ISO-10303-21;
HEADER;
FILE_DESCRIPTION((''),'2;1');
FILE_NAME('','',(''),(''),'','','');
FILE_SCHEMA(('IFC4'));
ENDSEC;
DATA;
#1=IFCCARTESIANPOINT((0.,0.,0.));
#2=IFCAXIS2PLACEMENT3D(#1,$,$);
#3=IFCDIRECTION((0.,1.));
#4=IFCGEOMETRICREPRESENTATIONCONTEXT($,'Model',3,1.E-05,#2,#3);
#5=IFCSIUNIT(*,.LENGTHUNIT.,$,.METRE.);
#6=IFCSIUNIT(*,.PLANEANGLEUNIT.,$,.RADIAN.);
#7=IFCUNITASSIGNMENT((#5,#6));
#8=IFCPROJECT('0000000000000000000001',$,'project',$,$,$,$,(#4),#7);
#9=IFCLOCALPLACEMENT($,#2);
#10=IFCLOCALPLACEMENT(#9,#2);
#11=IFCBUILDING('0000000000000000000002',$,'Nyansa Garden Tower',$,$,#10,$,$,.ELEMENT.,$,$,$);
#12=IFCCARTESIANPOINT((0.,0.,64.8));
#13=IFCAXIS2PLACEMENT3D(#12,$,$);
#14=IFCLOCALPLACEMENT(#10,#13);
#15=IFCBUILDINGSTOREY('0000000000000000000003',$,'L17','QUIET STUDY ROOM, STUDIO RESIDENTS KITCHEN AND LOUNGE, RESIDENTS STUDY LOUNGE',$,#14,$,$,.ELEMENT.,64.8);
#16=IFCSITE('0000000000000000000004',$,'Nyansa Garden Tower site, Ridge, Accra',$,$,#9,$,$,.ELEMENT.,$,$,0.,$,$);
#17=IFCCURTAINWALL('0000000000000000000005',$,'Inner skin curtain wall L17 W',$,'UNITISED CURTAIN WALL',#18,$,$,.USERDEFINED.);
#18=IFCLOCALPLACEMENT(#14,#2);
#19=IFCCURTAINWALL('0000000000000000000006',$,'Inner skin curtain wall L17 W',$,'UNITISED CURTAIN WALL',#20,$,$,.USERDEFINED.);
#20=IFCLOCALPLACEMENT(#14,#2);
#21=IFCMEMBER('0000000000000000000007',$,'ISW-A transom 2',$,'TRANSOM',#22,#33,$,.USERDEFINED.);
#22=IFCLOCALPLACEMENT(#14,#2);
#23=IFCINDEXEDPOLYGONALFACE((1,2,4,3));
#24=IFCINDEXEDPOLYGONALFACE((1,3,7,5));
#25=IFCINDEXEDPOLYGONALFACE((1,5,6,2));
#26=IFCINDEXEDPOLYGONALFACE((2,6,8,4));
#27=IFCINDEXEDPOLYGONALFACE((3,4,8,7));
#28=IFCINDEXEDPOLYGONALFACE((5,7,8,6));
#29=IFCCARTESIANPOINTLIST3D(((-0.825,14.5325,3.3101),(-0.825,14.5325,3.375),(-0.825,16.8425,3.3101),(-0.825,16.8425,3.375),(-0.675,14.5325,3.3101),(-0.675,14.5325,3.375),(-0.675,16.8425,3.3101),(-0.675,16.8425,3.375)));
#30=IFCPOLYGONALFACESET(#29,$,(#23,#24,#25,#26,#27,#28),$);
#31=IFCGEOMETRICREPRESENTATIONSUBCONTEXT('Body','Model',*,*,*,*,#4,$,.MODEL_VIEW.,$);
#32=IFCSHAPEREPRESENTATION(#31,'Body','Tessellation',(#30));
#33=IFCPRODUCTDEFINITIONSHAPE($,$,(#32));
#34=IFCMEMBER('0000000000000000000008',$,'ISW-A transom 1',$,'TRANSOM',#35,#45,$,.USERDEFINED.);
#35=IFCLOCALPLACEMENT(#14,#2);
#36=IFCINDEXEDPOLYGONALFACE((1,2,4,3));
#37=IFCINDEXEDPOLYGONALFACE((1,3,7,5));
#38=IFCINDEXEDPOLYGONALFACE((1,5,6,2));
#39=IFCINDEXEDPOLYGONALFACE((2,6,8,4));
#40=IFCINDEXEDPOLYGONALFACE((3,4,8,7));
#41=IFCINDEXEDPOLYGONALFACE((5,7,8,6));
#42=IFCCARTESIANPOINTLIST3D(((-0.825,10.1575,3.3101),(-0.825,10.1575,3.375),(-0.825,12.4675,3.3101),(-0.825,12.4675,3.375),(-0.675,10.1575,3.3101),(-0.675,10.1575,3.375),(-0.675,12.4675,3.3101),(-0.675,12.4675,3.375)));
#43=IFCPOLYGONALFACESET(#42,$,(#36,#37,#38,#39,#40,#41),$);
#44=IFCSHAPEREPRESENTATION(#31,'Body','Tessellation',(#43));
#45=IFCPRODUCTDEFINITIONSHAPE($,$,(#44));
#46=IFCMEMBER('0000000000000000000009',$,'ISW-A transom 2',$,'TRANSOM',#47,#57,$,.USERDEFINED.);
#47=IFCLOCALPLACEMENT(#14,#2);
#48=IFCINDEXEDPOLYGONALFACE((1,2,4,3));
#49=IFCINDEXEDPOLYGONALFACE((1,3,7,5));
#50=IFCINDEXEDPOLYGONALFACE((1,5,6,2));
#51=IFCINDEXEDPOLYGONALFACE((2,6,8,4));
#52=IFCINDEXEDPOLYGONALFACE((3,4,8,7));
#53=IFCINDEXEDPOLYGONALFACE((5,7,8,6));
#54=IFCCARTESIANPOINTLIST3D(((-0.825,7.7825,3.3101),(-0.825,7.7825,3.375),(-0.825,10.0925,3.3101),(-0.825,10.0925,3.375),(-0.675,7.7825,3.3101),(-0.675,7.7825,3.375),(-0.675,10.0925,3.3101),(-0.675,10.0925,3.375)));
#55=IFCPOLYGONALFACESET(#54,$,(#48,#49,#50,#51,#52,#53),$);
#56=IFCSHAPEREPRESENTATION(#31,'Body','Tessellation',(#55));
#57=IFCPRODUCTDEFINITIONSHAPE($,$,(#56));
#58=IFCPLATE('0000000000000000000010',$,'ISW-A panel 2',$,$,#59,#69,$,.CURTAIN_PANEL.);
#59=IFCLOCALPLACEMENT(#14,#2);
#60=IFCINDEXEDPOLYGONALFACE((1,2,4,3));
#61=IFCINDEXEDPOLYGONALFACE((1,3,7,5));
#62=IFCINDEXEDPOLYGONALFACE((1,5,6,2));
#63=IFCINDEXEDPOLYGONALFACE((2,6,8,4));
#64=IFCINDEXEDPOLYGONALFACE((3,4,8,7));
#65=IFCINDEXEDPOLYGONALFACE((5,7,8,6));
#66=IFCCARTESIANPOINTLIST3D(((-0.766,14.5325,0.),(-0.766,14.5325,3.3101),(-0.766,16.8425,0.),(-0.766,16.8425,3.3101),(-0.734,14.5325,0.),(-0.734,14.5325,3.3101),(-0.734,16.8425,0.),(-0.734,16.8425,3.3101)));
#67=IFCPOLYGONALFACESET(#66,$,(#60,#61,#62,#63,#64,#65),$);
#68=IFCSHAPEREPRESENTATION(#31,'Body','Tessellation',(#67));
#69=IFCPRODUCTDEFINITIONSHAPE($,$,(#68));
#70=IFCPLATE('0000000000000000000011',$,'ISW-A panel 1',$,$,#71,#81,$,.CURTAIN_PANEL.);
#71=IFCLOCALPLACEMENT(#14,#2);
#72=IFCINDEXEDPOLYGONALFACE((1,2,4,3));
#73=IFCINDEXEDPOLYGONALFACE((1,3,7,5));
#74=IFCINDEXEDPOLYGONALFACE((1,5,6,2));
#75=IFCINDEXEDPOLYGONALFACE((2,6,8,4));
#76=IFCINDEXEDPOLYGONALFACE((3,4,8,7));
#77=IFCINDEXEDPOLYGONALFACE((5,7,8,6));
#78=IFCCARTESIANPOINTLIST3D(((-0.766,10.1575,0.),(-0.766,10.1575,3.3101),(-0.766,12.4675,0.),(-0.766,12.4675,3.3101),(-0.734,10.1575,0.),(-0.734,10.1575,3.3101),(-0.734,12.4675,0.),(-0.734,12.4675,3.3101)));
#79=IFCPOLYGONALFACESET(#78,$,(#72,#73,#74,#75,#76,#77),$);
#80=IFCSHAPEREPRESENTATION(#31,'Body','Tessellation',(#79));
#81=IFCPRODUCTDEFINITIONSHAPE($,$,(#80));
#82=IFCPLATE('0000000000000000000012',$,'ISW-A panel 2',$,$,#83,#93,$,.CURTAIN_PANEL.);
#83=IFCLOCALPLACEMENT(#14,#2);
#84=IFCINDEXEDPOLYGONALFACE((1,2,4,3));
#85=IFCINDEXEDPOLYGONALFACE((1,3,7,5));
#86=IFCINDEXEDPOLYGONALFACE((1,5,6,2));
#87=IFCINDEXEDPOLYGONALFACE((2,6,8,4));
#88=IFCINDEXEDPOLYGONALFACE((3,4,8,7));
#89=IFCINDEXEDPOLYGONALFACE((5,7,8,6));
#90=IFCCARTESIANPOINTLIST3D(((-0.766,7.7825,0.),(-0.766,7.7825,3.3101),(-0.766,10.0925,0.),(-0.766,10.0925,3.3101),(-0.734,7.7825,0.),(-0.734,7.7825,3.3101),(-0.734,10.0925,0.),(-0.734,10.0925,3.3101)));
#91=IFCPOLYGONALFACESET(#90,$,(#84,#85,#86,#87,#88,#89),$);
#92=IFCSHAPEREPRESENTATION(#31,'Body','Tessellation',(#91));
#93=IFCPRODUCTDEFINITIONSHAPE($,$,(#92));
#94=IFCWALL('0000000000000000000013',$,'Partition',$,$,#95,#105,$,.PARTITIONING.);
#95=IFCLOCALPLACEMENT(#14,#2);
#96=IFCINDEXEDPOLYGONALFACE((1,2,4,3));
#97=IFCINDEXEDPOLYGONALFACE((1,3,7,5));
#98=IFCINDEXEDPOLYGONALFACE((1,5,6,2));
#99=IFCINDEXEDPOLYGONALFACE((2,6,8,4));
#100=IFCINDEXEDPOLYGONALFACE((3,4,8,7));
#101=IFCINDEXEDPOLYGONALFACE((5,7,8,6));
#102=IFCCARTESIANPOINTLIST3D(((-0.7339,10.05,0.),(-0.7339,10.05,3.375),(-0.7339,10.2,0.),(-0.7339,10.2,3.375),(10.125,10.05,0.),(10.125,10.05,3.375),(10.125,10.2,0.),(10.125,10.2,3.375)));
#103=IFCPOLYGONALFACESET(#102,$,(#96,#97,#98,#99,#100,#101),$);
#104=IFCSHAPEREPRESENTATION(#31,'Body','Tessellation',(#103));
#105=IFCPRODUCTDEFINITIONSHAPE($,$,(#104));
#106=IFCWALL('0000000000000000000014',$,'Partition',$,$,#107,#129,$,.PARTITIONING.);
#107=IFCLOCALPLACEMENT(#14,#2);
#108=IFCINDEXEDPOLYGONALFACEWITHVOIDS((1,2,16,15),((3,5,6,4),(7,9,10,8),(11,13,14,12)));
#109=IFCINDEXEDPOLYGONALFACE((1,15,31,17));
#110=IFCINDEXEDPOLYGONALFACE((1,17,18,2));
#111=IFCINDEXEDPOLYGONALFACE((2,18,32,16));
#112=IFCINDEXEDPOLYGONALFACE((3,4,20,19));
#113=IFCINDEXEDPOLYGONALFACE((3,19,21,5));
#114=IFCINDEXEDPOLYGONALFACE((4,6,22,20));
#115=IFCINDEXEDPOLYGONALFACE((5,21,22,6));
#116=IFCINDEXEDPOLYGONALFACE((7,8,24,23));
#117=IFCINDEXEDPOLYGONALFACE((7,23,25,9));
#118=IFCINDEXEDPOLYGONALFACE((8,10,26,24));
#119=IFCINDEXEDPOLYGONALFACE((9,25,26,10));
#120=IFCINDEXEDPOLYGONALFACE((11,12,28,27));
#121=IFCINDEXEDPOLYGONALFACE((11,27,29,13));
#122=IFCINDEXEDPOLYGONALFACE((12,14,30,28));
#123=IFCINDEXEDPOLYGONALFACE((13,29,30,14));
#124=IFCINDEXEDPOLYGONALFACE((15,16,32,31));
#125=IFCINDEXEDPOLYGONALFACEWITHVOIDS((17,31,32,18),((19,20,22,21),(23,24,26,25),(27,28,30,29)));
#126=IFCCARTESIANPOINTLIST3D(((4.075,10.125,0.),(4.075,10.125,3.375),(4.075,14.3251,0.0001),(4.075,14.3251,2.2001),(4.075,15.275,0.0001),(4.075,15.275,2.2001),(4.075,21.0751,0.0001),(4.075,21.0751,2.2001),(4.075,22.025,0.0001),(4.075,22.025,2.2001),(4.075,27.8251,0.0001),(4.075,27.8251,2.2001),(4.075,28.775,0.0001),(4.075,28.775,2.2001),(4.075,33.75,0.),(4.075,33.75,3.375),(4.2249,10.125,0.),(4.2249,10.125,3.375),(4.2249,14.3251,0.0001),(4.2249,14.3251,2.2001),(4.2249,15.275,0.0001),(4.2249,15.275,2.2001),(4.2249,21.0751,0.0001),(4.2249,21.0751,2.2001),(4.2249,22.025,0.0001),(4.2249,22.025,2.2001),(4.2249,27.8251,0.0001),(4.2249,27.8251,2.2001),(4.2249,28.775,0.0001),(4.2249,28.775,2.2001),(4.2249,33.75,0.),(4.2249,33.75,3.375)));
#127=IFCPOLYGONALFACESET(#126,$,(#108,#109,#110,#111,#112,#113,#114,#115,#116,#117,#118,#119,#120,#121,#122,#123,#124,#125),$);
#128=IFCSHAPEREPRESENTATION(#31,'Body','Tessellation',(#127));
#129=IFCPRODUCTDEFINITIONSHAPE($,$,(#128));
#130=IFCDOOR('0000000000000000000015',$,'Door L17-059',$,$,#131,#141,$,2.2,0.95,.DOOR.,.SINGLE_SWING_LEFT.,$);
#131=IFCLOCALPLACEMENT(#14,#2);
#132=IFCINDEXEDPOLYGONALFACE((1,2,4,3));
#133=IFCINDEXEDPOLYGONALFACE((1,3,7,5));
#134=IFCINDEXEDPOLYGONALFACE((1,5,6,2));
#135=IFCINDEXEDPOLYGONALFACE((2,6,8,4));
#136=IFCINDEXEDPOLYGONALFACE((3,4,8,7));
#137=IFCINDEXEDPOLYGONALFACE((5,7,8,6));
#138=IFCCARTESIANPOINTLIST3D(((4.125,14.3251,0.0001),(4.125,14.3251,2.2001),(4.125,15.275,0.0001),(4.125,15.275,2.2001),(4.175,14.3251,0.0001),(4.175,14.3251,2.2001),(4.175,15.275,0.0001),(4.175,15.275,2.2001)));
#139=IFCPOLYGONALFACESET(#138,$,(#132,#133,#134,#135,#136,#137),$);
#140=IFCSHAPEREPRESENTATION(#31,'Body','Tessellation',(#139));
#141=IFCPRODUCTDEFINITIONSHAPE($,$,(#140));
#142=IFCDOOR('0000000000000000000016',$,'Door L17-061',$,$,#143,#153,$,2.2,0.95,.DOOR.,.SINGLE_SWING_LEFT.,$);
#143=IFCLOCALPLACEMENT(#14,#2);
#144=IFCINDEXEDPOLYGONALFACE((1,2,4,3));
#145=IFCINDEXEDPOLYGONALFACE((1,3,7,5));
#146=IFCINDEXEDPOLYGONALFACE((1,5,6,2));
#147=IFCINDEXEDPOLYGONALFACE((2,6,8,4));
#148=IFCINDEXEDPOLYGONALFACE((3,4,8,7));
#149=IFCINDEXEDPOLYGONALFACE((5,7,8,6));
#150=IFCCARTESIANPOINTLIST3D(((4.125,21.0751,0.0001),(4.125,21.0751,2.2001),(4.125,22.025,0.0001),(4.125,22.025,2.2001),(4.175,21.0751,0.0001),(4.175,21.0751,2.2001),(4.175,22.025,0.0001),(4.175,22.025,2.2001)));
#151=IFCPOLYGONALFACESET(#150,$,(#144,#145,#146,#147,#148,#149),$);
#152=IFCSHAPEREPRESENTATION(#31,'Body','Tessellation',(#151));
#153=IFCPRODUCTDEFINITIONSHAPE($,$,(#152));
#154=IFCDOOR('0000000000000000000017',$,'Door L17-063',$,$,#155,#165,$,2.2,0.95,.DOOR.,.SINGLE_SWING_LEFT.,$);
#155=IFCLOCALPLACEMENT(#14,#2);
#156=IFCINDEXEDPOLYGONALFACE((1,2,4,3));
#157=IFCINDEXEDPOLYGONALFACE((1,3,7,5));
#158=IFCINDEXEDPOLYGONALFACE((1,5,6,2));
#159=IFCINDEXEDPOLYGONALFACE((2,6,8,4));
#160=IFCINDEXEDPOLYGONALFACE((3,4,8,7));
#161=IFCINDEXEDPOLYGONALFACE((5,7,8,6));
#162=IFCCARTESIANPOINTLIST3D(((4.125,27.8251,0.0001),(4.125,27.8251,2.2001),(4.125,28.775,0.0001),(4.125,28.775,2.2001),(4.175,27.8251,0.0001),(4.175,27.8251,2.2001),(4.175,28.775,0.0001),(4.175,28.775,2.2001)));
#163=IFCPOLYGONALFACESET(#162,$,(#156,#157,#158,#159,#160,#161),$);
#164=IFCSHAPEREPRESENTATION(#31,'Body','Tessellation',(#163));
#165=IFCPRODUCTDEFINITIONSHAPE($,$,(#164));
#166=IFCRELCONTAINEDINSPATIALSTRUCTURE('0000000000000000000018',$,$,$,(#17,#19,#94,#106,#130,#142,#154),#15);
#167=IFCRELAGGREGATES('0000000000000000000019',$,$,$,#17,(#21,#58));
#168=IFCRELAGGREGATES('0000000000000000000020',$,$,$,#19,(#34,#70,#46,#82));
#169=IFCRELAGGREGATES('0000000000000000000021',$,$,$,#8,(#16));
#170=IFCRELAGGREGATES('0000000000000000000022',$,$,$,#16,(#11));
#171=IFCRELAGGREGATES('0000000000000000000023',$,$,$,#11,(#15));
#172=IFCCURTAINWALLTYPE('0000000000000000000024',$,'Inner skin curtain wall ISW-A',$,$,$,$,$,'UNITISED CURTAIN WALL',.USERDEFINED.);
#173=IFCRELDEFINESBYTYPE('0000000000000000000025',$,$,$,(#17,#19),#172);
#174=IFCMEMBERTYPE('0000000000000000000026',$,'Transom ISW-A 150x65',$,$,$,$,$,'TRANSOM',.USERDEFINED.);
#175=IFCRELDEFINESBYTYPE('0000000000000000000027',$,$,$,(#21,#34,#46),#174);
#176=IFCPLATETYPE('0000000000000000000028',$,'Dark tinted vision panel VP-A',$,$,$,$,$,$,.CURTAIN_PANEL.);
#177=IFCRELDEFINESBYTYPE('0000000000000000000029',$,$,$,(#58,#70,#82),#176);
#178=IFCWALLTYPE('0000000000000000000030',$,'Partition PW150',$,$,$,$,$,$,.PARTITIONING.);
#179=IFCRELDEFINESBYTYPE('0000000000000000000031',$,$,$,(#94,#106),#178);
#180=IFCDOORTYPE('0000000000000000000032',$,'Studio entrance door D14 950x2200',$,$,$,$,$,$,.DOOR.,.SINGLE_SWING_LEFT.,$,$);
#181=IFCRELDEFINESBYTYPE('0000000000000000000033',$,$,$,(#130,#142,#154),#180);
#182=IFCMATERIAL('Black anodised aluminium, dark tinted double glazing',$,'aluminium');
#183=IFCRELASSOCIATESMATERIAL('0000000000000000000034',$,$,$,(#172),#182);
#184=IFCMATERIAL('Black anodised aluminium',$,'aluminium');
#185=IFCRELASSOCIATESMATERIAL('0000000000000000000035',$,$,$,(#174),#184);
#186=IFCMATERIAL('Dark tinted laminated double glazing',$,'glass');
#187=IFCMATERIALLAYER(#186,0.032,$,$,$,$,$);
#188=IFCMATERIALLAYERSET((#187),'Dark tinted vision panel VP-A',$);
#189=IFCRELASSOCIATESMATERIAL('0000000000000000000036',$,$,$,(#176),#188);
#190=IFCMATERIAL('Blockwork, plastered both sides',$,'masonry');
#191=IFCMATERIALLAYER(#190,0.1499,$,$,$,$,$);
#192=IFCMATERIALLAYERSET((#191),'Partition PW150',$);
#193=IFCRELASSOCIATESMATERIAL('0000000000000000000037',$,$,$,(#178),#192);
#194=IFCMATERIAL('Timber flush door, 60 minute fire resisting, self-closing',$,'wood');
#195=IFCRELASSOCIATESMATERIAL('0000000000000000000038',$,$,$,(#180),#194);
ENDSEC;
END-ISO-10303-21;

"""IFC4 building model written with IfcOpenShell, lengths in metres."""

from ifc_helpers import new_model, si_unit, direction, frame, frame_2d, origin, origin_2d, place, context, subcontext, project, spatial, rectangle, extrude, material, layer, layer_set, material_profile, profile_set, type_object, element, fill, aggregate, save


model = new_model("IFC4")

# Units and contexts
model_context = context("Model", 3, precision=1e-05, world=origin(), true_north=direction((0.0, 1.0)))
body_context = subcontext(model_context, "Body", "Model", "MODEL_VIEW")
ifc_project = project(units=[si_unit("LENGTHUNIT", "METRE"), si_unit("PLANEANGLEUNIT", "RADIAN")], contexts=[model_context])

# Site, building, storey
site_placement = place(None, origin())
site = spatial("IfcSite", under=ifc_project, at=site_placement, Name="Nyansa Garden Tower site, Ridge, Accra", CompositionType="ELEMENT", RefElevation=0.0)
building_placement = place(site_placement, origin())
building = spatial("IfcBuilding", under=site, at=building_placement, Name="Nyansa Garden Tower", CompositionType="ELEMENT")
storey_placement = place(building_placement, frame((0.0, 0.0, 64.8)))
storey = spatial("IfcBuildingStorey", under=building, at=storey_placement, Name="L17", Description="QUIET STUDY ROOM, STUDIO RESIDENTS KITCHEN AND LOUNGE, RESIDENTS STUDY LOUNGE", CompositionType="ELEMENT", Elevation=64.8)

# Curtain wall
ifc_material_1 = material(Name="Black anodised aluminium, dark tinted double glazing", Category="aluminium")
curtain_wall_type = type_object("IfcCurtainWallType", Name="Inner skin curtain wall ISW-A", ElementType="UNITISED CURTAIN WALL", PredefinedType="USERDEFINED", material=ifc_material_1)
curtain_wall_1_placement = place(storey_placement, origin())
curtain_wall_1 = element("IfcCurtainWall", 1, at=curtain_wall_1_placement, inside=storey, type_object=curtain_wall_type, Name="Inner skin curtain wall L17 W", ObjectType="UNITISED CURTAIN WALL", PredefinedType="USERDEFINED")

# Curtain wall
curtain_wall_2_placement = place(storey_placement, origin())
curtain_wall_2 = element("IfcCurtainWall", 2, at=curtain_wall_2_placement, inside=storey, type_object=curtain_wall_type, Name="Inner skin curtain wall L17 W", ObjectType="UNITISED CURTAIN WALL", PredefinedType="USERDEFINED")

# Members
ifc_material_2 = material(Name="Black anodised aluminium", Category="aluminium")
ifc_material_profile_1 = material_profile(ifc_material_2, rectangle(XDim=0.1499, YDim=0.0649, at=origin_2d()), Name="Transom 150x65")
ifc_profile_set_1 = profile_set([ifc_material_profile_1], Name="Black anodised aluminium")
member_type_1 = type_object("IfcMemberType", Name="Transom ISW-A 150x65", ElementType="TRANSOM", PredefinedType="USERDEFINED", material=ifc_profile_set_1)
member_1_placement = place(storey_placement, frame((-0.75, 16.8425, 3.3425), z_axis=(0.0, -1.0, 0.0), x_axis=(1.0, 0.0, 0.0)))
member_1 = element("IfcMember", 3, at=member_1_placement, type_object=member_type_1, Name="ISW-A transom 2", ObjectType="TRANSOM", PredefinedType="USERDEFINED", context=body_context, shape_type="SweptSolid", body=[
    extrude(rectangle(XDim=0.1499, YDim=0.0649, at=origin_2d()), origin(), (0.0, 0.0, 1.0), 2.3101),
])
member_2_placement = place(storey_placement, frame((-0.75, 12.4675, 3.3425), z_axis=(0.0, -1.0, 0.0), x_axis=(1.0, 0.0, 0.0)))
member_2 = element("IfcMember", 4, at=member_2_placement, type_object=member_type_1, Name="ISW-A transom 1", ObjectType="TRANSOM", PredefinedType="USERDEFINED", context=body_context, shape_type="SweptSolid", body=[
    extrude(rectangle(XDim=0.1499, YDim=0.0649, at=origin_2d()), origin(), (0.0, 0.0, 1.0), 2.3101),
])
member_3_placement = place(storey_placement, frame((-0.75, 10.0925, 3.3425), z_axis=(0.0, -1.0, 0.0), x_axis=(1.0, 0.0, 0.0)))
member_3 = element("IfcMember", 5, at=member_3_placement, type_object=member_type_1, Name="ISW-A transom 2", ObjectType="TRANSOM", PredefinedType="USERDEFINED", context=body_context, shape_type="SweptSolid", body=[
    extrude(rectangle(XDim=0.1499, YDim=0.0649, at=origin_2d()), origin(), (0.0, 0.0, 1.0), 2.3101),
])

# Plates
ifc_material_3 = material(Name="Dark tinted laminated double glazing", Category="glass")
ifc_layer_1 = layer(ifc_material_3, 0.032)
ifc_layer_set_1 = layer_set([ifc_layer_1], Name="Dark tinted vision panel VP-A")
plate_type = type_object("IfcPlateType", Name="Dark tinted vision panel VP-A", PredefinedType="CURTAIN_PANEL", material=ifc_layer_set_1)
plate_1_placement = place(storey_placement, frame((-0.75, 15.6875, 0.0), z_axis=(0.0, 0.0, 1.0), x_axis=(0.0, -1.0, 0.0)))
plate_1 = element("IfcPlate", 6, at=plate_1_placement, type_object=plate_type, Name="ISW-A panel 2", PredefinedType="CURTAIN_PANEL", context=body_context, shape_type="SweptSolid", body=[
    extrude(rectangle(XDim=2.3101, YDim=0.032, at=origin_2d()), origin(), (0.0, 0.0, 1.0), 3.3101),
])
aggregate(curtain_wall_1, [member_1, plate_1])
plate_2_placement = place(storey_placement, frame((-0.75, 11.3125, 0.0), z_axis=(0.0, 0.0, 1.0), x_axis=(0.0, -1.0, 0.0)))
plate_2 = element("IfcPlate", 7, at=plate_2_placement, type_object=plate_type, Name="ISW-A panel 1", PredefinedType="CURTAIN_PANEL", context=body_context, shape_type="SweptSolid", body=[
    extrude(rectangle(XDim=2.3101, YDim=0.032, at=origin_2d()), origin(), (0.0, 0.0, 1.0), 3.3101),
])
plate_3_placement = place(storey_placement, frame((-0.75, 8.9375, 0.0), z_axis=(0.0, 0.0, 1.0), x_axis=(0.0, -1.0, 0.0)))
plate_3 = element("IfcPlate", 8, at=plate_3_placement, type_object=plate_type, Name="ISW-A panel 2", PredefinedType="CURTAIN_PANEL", context=body_context, shape_type="SweptSolid", body=[
    extrude(rectangle(XDim=2.3101, YDim=0.032, at=origin_2d()), origin(), (0.0, 0.0, 1.0), 3.3101),
])
aggregate(curtain_wall_2, [member_2, plate_2, member_3, plate_3])

# Wall
ifc_material_4 = material(Name="Blockwork, plastered both sides", Category="masonry")
ifc_layer_2 = layer(ifc_material_4, 0.1499)
ifc_layer_set_2 = layer_set([ifc_layer_2], Name="Partition PW150")
wall_type_1 = type_object("IfcWallType", Name="Partition PW150", PredefinedType="PARTITIONING", material=ifc_layer_set_2)
wall_1_placement = place(storey_placement, frame((-0.7339, 10.125, 0.0), z_axis=(0.0, 0.0, 1.0), x_axis=(1.0, 0.0, 0.0)))
element("IfcWall", 9, at=wall_1_placement, inside=storey, type_object=wall_type_1, Name="Partition", PredefinedType="PARTITIONING", context=body_context, shape_type="SweptSolid", body=[
    extrude(rectangle(XDim=10.8589, YDim=0.1499, at=frame_2d((5.4294, 0.0))), origin(), (0.0, 0.0, 1.0), 3.375),
])

# Wall, openings, doors
wall_2_placement = place(storey_placement, frame((4.1499, 10.125, 0.0), z_axis=(0.0, 0.0, 1.0), x_axis=(0.0, 1.0, 0.0)))
wall_2 = element("IfcWall", 10, at=wall_2_placement, inside=storey, type_object=wall_type_1, Name="Partition", PredefinedType="PARTITIONING", context=body_context, shape_type="SweptSolid", body=[
    extrude(rectangle(XDim=23.625, YDim=0.1499, at=frame_2d((11.8125, 0.0))), origin(), (0.0, 0.0, 1.0), 3.375),
])
opening_1_placement = place(wall_2_placement, frame((4.2, 0.0, 0.0)))
opening_1 = element("IfcOpeningElement", 11, at=opening_1_placement, cuts=wall_2, PredefinedType="OPENING", context=body_context, shape_type="SweptSolid", body=[
    extrude(rectangle(XDim=0.95, YDim=2.2, at=frame_2d((0.4751, 1.1001))), frame((0.0, 0.085, 0.0), z_axis=(0.0, -1.0, 0.0), x_axis=(1.0, 0.0, 0.0)), (0.0, 0.0, 1.0), 0.1699),
])
opening_2_placement = place(wall_2_placement, frame((10.95, 0.0, 0.0)))
opening_2 = element("IfcOpeningElement", 12, at=opening_2_placement, cuts=wall_2, PredefinedType="OPENING", context=body_context, shape_type="SweptSolid", body=[
    extrude(rectangle(XDim=0.95, YDim=2.2, at=frame_2d((0.4751, 1.1001))), frame((0.0, 0.085, 0.0), z_axis=(0.0, -1.0, 0.0), x_axis=(1.0, 0.0, 0.0)), (0.0, 0.0, 1.0), 0.1699),
])
opening_3_placement = place(wall_2_placement, frame((17.7, 0.0, 0.0)))
opening_3 = element("IfcOpeningElement", 13, at=opening_3_placement, cuts=wall_2, PredefinedType="OPENING", context=body_context, shape_type="SweptSolid", body=[
    extrude(rectangle(XDim=0.95, YDim=2.2, at=frame_2d((0.4751, 1.1001))), frame((0.0, 0.085, 0.0), z_axis=(0.0, -1.0, 0.0), x_axis=(1.0, 0.0, 0.0)), (0.0, 0.0, 1.0), 0.1699),
])
ifc_material_5 = material(Name="Timber flush door, 60 minute fire resisting, self-closing", Category="wood")
door_type_1 = type_object("IfcDoorType", Name="Studio entrance door D14 950x2200", OperationType="SINGLE_SWING_LEFT", PredefinedType="DOOR", material=ifc_material_5)
door_1_placement = place(opening_1_placement, origin())
door_1 = element("IfcDoor", 14, at=door_1_placement, inside=storey, type_object=door_type_1, Name="Door L17-059", OperationType="SINGLE_SWING_LEFT", OverallHeight=2.2, OverallWidth=0.95, PredefinedType="DOOR", context=body_context, shape_type="SweptSolid", body=[
    extrude(rectangle(XDim=0.95, YDim=2.2, at=frame_2d((0.4751, 1.1001))), frame((0.0, 0.0249, 0.0), z_axis=(0.0, -1.0, 0.0), x_axis=(1.0, 0.0, 0.0)), (0.0, 0.0, 1.0), 0.05),
])
fill(opening_1, door_1)
door_2_placement = place(opening_2_placement, origin())
door_2 = element("IfcDoor", 15, at=door_2_placement, inside=storey, type_object=door_type_1, Name="Door L17-061", OperationType="SINGLE_SWING_LEFT", OverallHeight=2.2, OverallWidth=0.95, PredefinedType="DOOR", context=body_context, shape_type="SweptSolid", body=[
    extrude(rectangle(XDim=0.95, YDim=2.2, at=frame_2d((0.4751, 1.1001))), frame((0.0, 0.0249, 0.0), z_axis=(0.0, -1.0, 0.0), x_axis=(1.0, 0.0, 0.0)), (0.0, 0.0, 1.0), 0.05),
])
fill(opening_2, door_2)
door_3_placement = place(opening_3_placement, origin())
door_3 = element("IfcDoor", 16, at=door_3_placement, inside=storey, type_object=door_type_1, Name="Door L17-063", OperationType="SINGLE_SWING_LEFT", OverallHeight=2.2, OverallWidth=0.95, PredefinedType="DOOR", context=body_context, shape_type="SweptSolid", body=[
    extrude(rectangle(XDim=0.95, YDim=2.2, at=frame_2d((0.4751, 1.1001))), frame((0.0, 0.0249, 0.0), z_axis=(0.0, -1.0, 0.0), x_axis=(1.0, 0.0, 0.0)), (0.0, 0.0, 1.0), 0.05),
])
fill(opening_3, door_3)

save(model, "model.ifc")
